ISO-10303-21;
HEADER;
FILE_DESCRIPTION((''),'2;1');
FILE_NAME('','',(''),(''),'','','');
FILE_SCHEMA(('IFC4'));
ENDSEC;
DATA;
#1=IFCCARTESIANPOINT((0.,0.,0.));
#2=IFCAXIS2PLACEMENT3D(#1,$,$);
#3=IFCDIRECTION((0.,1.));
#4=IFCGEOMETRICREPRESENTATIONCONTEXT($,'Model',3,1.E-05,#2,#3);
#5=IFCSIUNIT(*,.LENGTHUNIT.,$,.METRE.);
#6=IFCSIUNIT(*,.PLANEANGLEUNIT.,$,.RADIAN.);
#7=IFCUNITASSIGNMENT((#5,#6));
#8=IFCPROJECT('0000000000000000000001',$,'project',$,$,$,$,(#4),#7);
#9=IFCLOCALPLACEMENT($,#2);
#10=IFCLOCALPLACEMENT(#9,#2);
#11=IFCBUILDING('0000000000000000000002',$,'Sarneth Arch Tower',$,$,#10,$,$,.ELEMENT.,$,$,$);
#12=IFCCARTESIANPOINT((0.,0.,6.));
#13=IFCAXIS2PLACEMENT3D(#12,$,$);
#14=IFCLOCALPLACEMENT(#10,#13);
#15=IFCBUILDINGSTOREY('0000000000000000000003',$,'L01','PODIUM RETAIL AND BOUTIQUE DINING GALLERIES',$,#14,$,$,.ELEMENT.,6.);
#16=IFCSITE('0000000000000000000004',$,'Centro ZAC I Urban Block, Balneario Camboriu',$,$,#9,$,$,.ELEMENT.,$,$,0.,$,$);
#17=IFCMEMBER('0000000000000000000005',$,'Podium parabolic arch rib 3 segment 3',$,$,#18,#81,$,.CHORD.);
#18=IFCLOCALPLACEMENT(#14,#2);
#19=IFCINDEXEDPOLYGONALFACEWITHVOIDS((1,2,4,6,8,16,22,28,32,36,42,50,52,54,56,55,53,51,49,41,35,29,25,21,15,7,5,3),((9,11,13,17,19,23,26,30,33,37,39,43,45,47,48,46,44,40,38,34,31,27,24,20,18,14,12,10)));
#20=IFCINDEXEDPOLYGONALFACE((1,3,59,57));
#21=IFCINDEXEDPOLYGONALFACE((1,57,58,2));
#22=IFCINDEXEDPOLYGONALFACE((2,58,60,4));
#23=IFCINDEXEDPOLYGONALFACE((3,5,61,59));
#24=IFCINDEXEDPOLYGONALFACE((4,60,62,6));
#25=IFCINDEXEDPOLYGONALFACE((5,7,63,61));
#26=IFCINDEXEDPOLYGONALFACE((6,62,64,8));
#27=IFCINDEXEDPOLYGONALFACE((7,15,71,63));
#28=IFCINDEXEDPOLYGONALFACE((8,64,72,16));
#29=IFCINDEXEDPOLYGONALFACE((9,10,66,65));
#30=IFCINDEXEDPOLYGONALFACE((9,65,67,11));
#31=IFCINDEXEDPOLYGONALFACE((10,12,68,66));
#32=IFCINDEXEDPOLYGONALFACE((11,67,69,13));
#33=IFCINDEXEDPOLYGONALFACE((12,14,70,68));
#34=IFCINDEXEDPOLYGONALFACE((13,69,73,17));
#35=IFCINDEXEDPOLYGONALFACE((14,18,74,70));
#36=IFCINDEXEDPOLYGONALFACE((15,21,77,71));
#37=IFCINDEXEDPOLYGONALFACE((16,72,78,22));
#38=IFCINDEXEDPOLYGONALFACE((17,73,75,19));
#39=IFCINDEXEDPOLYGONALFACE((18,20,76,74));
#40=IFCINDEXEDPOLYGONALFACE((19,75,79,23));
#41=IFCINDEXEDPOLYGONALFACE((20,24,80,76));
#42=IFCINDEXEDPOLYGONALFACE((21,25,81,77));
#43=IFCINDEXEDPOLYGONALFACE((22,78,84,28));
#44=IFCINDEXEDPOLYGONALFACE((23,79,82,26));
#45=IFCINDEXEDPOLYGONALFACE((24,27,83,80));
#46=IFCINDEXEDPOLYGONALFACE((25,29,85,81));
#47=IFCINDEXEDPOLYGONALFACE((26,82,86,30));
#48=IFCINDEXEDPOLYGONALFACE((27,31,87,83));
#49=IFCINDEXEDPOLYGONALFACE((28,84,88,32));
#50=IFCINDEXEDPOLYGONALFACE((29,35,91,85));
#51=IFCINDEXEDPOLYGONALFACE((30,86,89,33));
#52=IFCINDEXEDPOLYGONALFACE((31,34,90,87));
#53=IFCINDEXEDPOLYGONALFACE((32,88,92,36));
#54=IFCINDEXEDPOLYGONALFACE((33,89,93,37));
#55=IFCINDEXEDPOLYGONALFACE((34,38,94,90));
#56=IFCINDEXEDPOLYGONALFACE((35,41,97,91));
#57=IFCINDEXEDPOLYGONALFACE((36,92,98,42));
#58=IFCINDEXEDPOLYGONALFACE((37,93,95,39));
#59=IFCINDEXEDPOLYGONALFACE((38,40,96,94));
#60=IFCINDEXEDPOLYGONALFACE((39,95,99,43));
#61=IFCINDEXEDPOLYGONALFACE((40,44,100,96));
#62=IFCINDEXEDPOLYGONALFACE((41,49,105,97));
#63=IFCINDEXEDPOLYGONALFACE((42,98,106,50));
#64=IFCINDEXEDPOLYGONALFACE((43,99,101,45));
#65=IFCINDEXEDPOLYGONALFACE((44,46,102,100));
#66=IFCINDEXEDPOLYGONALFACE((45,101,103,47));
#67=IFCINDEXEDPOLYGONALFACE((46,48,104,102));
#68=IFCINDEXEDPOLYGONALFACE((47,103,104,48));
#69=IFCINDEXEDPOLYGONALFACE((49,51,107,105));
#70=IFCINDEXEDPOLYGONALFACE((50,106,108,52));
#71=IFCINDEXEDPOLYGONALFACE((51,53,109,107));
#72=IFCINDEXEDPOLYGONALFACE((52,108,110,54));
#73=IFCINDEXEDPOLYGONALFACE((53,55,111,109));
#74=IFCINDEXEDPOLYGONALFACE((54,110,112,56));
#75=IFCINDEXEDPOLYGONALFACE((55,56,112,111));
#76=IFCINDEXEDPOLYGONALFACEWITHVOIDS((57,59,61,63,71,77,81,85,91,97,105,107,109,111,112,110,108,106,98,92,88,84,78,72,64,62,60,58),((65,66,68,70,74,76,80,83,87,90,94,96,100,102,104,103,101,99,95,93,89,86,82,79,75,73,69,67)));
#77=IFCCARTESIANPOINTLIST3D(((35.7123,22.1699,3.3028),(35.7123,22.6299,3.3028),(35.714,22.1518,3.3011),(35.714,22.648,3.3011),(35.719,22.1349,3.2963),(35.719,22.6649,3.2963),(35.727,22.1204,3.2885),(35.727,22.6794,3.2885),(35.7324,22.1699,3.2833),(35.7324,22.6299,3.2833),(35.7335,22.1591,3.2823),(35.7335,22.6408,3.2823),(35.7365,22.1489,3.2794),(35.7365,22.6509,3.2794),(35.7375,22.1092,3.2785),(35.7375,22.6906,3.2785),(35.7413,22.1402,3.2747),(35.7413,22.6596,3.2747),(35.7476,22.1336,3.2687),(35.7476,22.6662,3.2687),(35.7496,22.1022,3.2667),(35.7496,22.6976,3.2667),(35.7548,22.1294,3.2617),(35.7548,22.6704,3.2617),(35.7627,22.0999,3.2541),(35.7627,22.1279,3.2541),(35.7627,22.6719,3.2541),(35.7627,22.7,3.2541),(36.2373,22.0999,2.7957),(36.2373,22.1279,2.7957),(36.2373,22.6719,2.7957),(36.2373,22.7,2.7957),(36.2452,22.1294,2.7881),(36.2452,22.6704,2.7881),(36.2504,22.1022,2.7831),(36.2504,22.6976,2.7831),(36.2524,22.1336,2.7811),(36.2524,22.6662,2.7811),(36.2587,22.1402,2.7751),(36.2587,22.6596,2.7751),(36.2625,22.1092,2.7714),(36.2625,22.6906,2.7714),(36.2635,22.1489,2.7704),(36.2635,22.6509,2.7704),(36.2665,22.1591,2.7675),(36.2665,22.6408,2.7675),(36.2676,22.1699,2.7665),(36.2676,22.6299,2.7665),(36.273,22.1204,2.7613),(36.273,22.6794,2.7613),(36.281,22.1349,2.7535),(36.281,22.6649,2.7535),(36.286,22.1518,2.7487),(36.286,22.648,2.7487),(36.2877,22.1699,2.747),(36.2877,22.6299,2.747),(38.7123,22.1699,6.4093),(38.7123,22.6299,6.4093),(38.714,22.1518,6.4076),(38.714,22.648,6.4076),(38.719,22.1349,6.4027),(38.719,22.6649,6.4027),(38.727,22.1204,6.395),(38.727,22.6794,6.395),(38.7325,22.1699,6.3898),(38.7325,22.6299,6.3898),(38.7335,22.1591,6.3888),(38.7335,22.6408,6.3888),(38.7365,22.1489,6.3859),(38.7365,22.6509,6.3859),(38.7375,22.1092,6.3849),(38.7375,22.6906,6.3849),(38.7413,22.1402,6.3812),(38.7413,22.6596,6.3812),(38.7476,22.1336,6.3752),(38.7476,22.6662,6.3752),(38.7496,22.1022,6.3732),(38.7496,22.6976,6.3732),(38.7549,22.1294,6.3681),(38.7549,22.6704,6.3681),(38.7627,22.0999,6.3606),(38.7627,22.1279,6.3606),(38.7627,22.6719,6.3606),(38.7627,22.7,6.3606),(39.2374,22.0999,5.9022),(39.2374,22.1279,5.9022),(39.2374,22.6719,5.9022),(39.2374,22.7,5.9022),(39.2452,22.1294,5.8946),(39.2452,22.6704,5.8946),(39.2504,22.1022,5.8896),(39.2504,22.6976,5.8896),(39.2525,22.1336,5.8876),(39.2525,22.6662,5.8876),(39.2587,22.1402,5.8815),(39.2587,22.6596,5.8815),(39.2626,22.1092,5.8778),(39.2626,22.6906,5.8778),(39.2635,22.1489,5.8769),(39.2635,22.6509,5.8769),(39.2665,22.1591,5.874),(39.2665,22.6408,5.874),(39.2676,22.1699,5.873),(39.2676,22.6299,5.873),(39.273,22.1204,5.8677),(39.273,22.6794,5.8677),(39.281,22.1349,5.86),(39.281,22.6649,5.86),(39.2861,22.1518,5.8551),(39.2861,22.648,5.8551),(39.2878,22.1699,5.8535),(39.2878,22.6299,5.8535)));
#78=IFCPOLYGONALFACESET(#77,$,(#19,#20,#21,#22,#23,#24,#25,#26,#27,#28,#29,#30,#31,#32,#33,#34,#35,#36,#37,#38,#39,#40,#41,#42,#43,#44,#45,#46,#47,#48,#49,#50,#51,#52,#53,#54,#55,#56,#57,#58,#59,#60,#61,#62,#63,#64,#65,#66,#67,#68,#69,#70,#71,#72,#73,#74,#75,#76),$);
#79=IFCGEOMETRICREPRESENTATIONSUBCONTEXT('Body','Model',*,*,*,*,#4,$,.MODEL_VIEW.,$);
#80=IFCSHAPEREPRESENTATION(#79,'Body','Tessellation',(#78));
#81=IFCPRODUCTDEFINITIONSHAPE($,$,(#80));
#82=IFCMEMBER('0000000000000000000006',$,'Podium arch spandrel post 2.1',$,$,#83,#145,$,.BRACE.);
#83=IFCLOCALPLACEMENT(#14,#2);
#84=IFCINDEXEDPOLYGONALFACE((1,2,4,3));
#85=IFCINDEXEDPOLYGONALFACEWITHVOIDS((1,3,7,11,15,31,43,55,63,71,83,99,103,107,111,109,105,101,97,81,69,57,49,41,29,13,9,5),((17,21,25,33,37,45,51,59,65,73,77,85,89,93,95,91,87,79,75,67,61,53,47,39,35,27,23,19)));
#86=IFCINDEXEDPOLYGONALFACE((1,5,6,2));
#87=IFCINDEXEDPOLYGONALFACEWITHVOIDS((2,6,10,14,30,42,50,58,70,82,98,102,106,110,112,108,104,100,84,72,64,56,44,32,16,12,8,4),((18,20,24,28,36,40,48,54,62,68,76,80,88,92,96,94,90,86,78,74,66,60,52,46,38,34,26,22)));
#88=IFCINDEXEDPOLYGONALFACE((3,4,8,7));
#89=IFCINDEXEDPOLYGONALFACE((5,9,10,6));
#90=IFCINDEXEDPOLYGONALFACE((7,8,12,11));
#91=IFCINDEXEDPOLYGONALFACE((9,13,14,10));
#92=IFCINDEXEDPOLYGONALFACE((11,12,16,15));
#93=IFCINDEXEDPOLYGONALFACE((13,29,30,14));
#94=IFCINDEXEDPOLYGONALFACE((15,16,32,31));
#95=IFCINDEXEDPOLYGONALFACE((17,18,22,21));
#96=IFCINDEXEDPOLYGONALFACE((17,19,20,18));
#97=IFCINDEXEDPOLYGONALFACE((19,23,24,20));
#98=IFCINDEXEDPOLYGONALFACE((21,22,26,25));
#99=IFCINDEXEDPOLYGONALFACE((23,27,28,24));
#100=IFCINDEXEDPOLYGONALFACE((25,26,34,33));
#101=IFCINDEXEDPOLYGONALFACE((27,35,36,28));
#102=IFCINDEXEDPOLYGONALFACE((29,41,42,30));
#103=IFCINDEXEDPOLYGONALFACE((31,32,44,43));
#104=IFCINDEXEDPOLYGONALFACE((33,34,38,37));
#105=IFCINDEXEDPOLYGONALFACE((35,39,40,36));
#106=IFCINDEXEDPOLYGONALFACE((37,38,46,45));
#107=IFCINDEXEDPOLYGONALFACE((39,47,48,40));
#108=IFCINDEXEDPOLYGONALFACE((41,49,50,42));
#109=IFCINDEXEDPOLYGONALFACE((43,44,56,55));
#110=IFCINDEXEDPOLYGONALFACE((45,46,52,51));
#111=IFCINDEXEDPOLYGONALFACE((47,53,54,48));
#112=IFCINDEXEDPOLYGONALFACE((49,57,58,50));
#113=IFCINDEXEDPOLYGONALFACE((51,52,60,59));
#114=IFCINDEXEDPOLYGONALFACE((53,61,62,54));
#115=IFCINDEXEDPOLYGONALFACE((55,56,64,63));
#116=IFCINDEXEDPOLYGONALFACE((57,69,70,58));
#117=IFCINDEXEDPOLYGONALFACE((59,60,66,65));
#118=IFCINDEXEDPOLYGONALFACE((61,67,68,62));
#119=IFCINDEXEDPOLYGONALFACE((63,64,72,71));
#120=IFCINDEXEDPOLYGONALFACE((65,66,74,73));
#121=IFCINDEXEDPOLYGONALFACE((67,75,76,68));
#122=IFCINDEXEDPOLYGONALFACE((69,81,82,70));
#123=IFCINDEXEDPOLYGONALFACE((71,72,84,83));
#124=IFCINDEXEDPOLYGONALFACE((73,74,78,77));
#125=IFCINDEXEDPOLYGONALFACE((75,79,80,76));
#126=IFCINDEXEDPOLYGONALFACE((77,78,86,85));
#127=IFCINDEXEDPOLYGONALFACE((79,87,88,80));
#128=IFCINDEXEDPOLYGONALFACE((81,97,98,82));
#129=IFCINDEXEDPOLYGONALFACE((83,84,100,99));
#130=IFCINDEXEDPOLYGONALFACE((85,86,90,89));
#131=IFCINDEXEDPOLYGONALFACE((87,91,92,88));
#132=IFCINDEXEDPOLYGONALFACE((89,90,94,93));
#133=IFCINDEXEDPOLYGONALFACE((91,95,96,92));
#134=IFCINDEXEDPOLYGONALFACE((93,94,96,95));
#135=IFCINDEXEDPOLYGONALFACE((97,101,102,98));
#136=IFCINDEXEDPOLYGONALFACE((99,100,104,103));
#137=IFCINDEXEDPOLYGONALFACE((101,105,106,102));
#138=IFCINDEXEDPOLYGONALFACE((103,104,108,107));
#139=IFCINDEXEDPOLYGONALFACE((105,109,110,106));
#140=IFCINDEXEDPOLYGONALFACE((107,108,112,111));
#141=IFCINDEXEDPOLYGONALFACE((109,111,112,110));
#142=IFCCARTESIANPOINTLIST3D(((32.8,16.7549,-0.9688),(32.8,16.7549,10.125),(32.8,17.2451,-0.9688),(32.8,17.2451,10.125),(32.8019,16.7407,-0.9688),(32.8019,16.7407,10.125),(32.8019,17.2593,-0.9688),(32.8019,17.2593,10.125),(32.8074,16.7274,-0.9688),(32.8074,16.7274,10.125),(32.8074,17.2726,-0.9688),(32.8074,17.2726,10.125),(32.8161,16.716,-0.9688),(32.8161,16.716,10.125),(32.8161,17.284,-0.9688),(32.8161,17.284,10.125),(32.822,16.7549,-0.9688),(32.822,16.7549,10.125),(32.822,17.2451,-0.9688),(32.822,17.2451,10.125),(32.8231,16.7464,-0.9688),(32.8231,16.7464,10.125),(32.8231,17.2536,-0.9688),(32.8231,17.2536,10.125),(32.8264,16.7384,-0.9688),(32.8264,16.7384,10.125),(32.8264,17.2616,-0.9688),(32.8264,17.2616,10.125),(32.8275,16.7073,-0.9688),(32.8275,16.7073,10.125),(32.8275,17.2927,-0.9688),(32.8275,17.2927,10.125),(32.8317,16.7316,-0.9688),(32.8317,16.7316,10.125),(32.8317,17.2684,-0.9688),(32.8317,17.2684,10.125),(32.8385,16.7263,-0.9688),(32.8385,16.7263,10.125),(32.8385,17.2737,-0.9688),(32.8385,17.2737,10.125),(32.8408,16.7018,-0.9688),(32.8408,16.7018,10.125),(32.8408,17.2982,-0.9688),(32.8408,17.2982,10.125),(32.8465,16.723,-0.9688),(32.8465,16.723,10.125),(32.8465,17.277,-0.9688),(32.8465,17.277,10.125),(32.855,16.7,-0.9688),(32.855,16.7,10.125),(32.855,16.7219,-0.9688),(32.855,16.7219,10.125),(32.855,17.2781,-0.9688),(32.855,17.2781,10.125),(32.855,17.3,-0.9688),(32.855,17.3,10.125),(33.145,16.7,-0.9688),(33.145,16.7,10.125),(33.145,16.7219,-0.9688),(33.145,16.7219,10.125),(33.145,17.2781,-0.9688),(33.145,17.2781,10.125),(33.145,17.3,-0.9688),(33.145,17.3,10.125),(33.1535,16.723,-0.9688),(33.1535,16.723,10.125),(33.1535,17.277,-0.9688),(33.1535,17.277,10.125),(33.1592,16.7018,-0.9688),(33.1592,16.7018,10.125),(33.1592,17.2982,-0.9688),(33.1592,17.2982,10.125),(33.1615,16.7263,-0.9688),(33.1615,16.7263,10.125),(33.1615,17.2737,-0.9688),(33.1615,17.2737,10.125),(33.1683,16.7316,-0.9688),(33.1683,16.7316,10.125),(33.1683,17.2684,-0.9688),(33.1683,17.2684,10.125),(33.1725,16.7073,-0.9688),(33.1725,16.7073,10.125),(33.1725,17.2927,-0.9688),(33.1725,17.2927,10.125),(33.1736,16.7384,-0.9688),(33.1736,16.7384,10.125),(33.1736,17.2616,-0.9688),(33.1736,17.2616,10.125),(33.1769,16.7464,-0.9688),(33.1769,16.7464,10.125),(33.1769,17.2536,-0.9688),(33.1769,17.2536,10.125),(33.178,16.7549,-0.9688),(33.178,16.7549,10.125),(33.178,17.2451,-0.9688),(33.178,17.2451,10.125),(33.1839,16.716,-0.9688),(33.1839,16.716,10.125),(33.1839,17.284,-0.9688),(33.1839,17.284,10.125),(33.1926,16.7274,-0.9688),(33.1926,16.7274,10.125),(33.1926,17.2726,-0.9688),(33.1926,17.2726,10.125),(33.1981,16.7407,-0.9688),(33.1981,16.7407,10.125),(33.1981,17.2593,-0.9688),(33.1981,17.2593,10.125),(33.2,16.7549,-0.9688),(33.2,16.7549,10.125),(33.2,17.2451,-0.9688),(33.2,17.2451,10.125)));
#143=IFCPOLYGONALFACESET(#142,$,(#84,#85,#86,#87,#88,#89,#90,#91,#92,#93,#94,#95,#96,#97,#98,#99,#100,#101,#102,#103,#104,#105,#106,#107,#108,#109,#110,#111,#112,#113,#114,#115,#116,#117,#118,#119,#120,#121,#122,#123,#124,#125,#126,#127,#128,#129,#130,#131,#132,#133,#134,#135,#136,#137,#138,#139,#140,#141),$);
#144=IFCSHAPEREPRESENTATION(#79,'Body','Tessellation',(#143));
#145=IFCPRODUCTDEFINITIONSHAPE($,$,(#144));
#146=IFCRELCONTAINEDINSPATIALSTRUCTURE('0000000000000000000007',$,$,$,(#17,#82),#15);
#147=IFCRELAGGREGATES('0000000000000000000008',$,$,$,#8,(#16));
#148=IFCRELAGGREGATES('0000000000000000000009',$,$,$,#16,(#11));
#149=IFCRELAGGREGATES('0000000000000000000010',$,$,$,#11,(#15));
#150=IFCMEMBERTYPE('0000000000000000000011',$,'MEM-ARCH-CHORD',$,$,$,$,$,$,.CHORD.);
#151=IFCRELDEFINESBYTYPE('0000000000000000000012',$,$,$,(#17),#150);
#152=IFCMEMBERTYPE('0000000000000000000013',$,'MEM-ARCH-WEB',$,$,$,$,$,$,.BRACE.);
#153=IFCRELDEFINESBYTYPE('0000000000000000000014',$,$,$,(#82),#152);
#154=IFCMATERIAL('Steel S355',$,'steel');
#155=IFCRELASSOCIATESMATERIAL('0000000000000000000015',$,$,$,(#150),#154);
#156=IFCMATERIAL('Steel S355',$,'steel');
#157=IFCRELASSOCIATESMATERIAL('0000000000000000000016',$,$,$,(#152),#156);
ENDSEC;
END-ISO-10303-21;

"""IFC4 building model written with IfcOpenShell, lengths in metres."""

from ifc_helpers import new_model, si_unit, direction, frame, origin, origin_2d, place, context, subcontext, project, spatial, hollow_rectangle, extrude, material, material_profile, profile_set, type_object, element, save


model = new_model("IFC4")

# Units and contexts
model_context = context("Model", 3, precision=1e-05, world=origin(), true_north=direction((0.0, 1.0)))
body_context = subcontext(model_context, "Body", "Model", "MODEL_VIEW")
ifc_project = project(units=[si_unit("LENGTHUNIT", "METRE"), si_unit("PLANEANGLEUNIT", "RADIAN")], contexts=[model_context])

# Site, building, storey
site_placement = place(None, origin())
site = spatial("IfcSite", under=ifc_project, at=site_placement, Name="Centro ZAC I Urban Block, Balneario Camboriu", CompositionType="ELEMENT", RefElevation=0.0)
building_placement = place(site_placement, origin())
building = spatial("IfcBuilding", under=site, at=building_placement, Name="Sarneth Arch Tower", CompositionType="ELEMENT")
storey_placement = place(building_placement, frame((0.0, 0.0, 6.0)))
storey = spatial("IfcBuildingStorey", under=building, at=storey_placement, Name="L01", Description="PODIUM RETAIL AND BOUTIQUE DINING GALLERIES", CompositionType="ELEMENT", Elevation=6.0)

# Members
ifc_material_1 = material(Name="Steel S355", Category="steel")
ifc_material_profile_1 = material_profile(ifc_material_1, hollow_rectangle(XDim=0.6001, YDim=0.8, WallThickness=0.0281, InnerFilletRadius=0.042, OuterFilletRadius=0.0701, at=origin_2d()), Name="RHS800x600x28")
ifc_profile_set_1 = profile_set([ifc_material_profile_1], Name="Steel S355")
member_type_1 = type_object("IfcMemberType", Name="MEM-ARCH-CHORD", PredefinedType="CHORD", material=ifc_profile_set_1)
member_1_placement = place(storey_placement, frame((36.0, 22.3999, 3.0249), z_axis=(0.694675, 0.0, 0.719324), x_axis=(0.0, 1.0, 0.0)))
element("IfcMember", 1, at=member_1_placement, inside=storey, type_object=member_type_1, Name="Podium parabolic arch rib 3 segment 3", PredefinedType="CHORD", context=body_context, shape_type="SweptSolid", body=[
    extrude(hollow_rectangle(XDim=0.6001, YDim=0.8, WallThickness=0.0281, InnerFilletRadius=0.042, OuterFilletRadius=0.0701, at=origin_2d()), origin(), (0.0, 0.0, 1.0), 4.3186),
])
ifc_material_2 = material(Name="Steel S355", Category="steel")
ifc_material_profile_2 = material_profile(ifc_material_2, hollow_rectangle(XDim=0.3999, YDim=0.6001, WallThickness=0.022, InnerFilletRadius=0.033, OuterFilletRadius=0.0549, at=origin_2d()), Name="RHS600x400x22")
ifc_profile_set_2 = profile_set([ifc_material_profile_2], Name="Steel S355")
member_type_2 = type_object("IfcMemberType", Name="MEM-ARCH-WEB", PredefinedType="BRACE", material=ifc_profile_set_2)
for number, where, z_axis, x_axis, name in (
    (2, (33.0, 17.0, -0.9688), (0.0, 0.0, 1.0), (1.0, 0.0, 0.0), "Podium arch spandrel post 2.1"),
):
    element("IfcMember", number, at=place(storey_placement, frame(where, z_axis=z_axis, x_axis=x_axis)), inside=storey, type_object=member_type_2, Name=name, PredefinedType="BRACE", context=body_context, shape_type="SweptSolid", body=[
        extrude(hollow_rectangle(XDim=0.3999, YDim=0.6001, WallThickness=0.022, InnerFilletRadius=0.033, OuterFilletRadius=0.0549, at=origin_2d()), origin(), (0.0, 0.0, 1.0), 11.0938),
    ])

save(model, "model.ifc")
